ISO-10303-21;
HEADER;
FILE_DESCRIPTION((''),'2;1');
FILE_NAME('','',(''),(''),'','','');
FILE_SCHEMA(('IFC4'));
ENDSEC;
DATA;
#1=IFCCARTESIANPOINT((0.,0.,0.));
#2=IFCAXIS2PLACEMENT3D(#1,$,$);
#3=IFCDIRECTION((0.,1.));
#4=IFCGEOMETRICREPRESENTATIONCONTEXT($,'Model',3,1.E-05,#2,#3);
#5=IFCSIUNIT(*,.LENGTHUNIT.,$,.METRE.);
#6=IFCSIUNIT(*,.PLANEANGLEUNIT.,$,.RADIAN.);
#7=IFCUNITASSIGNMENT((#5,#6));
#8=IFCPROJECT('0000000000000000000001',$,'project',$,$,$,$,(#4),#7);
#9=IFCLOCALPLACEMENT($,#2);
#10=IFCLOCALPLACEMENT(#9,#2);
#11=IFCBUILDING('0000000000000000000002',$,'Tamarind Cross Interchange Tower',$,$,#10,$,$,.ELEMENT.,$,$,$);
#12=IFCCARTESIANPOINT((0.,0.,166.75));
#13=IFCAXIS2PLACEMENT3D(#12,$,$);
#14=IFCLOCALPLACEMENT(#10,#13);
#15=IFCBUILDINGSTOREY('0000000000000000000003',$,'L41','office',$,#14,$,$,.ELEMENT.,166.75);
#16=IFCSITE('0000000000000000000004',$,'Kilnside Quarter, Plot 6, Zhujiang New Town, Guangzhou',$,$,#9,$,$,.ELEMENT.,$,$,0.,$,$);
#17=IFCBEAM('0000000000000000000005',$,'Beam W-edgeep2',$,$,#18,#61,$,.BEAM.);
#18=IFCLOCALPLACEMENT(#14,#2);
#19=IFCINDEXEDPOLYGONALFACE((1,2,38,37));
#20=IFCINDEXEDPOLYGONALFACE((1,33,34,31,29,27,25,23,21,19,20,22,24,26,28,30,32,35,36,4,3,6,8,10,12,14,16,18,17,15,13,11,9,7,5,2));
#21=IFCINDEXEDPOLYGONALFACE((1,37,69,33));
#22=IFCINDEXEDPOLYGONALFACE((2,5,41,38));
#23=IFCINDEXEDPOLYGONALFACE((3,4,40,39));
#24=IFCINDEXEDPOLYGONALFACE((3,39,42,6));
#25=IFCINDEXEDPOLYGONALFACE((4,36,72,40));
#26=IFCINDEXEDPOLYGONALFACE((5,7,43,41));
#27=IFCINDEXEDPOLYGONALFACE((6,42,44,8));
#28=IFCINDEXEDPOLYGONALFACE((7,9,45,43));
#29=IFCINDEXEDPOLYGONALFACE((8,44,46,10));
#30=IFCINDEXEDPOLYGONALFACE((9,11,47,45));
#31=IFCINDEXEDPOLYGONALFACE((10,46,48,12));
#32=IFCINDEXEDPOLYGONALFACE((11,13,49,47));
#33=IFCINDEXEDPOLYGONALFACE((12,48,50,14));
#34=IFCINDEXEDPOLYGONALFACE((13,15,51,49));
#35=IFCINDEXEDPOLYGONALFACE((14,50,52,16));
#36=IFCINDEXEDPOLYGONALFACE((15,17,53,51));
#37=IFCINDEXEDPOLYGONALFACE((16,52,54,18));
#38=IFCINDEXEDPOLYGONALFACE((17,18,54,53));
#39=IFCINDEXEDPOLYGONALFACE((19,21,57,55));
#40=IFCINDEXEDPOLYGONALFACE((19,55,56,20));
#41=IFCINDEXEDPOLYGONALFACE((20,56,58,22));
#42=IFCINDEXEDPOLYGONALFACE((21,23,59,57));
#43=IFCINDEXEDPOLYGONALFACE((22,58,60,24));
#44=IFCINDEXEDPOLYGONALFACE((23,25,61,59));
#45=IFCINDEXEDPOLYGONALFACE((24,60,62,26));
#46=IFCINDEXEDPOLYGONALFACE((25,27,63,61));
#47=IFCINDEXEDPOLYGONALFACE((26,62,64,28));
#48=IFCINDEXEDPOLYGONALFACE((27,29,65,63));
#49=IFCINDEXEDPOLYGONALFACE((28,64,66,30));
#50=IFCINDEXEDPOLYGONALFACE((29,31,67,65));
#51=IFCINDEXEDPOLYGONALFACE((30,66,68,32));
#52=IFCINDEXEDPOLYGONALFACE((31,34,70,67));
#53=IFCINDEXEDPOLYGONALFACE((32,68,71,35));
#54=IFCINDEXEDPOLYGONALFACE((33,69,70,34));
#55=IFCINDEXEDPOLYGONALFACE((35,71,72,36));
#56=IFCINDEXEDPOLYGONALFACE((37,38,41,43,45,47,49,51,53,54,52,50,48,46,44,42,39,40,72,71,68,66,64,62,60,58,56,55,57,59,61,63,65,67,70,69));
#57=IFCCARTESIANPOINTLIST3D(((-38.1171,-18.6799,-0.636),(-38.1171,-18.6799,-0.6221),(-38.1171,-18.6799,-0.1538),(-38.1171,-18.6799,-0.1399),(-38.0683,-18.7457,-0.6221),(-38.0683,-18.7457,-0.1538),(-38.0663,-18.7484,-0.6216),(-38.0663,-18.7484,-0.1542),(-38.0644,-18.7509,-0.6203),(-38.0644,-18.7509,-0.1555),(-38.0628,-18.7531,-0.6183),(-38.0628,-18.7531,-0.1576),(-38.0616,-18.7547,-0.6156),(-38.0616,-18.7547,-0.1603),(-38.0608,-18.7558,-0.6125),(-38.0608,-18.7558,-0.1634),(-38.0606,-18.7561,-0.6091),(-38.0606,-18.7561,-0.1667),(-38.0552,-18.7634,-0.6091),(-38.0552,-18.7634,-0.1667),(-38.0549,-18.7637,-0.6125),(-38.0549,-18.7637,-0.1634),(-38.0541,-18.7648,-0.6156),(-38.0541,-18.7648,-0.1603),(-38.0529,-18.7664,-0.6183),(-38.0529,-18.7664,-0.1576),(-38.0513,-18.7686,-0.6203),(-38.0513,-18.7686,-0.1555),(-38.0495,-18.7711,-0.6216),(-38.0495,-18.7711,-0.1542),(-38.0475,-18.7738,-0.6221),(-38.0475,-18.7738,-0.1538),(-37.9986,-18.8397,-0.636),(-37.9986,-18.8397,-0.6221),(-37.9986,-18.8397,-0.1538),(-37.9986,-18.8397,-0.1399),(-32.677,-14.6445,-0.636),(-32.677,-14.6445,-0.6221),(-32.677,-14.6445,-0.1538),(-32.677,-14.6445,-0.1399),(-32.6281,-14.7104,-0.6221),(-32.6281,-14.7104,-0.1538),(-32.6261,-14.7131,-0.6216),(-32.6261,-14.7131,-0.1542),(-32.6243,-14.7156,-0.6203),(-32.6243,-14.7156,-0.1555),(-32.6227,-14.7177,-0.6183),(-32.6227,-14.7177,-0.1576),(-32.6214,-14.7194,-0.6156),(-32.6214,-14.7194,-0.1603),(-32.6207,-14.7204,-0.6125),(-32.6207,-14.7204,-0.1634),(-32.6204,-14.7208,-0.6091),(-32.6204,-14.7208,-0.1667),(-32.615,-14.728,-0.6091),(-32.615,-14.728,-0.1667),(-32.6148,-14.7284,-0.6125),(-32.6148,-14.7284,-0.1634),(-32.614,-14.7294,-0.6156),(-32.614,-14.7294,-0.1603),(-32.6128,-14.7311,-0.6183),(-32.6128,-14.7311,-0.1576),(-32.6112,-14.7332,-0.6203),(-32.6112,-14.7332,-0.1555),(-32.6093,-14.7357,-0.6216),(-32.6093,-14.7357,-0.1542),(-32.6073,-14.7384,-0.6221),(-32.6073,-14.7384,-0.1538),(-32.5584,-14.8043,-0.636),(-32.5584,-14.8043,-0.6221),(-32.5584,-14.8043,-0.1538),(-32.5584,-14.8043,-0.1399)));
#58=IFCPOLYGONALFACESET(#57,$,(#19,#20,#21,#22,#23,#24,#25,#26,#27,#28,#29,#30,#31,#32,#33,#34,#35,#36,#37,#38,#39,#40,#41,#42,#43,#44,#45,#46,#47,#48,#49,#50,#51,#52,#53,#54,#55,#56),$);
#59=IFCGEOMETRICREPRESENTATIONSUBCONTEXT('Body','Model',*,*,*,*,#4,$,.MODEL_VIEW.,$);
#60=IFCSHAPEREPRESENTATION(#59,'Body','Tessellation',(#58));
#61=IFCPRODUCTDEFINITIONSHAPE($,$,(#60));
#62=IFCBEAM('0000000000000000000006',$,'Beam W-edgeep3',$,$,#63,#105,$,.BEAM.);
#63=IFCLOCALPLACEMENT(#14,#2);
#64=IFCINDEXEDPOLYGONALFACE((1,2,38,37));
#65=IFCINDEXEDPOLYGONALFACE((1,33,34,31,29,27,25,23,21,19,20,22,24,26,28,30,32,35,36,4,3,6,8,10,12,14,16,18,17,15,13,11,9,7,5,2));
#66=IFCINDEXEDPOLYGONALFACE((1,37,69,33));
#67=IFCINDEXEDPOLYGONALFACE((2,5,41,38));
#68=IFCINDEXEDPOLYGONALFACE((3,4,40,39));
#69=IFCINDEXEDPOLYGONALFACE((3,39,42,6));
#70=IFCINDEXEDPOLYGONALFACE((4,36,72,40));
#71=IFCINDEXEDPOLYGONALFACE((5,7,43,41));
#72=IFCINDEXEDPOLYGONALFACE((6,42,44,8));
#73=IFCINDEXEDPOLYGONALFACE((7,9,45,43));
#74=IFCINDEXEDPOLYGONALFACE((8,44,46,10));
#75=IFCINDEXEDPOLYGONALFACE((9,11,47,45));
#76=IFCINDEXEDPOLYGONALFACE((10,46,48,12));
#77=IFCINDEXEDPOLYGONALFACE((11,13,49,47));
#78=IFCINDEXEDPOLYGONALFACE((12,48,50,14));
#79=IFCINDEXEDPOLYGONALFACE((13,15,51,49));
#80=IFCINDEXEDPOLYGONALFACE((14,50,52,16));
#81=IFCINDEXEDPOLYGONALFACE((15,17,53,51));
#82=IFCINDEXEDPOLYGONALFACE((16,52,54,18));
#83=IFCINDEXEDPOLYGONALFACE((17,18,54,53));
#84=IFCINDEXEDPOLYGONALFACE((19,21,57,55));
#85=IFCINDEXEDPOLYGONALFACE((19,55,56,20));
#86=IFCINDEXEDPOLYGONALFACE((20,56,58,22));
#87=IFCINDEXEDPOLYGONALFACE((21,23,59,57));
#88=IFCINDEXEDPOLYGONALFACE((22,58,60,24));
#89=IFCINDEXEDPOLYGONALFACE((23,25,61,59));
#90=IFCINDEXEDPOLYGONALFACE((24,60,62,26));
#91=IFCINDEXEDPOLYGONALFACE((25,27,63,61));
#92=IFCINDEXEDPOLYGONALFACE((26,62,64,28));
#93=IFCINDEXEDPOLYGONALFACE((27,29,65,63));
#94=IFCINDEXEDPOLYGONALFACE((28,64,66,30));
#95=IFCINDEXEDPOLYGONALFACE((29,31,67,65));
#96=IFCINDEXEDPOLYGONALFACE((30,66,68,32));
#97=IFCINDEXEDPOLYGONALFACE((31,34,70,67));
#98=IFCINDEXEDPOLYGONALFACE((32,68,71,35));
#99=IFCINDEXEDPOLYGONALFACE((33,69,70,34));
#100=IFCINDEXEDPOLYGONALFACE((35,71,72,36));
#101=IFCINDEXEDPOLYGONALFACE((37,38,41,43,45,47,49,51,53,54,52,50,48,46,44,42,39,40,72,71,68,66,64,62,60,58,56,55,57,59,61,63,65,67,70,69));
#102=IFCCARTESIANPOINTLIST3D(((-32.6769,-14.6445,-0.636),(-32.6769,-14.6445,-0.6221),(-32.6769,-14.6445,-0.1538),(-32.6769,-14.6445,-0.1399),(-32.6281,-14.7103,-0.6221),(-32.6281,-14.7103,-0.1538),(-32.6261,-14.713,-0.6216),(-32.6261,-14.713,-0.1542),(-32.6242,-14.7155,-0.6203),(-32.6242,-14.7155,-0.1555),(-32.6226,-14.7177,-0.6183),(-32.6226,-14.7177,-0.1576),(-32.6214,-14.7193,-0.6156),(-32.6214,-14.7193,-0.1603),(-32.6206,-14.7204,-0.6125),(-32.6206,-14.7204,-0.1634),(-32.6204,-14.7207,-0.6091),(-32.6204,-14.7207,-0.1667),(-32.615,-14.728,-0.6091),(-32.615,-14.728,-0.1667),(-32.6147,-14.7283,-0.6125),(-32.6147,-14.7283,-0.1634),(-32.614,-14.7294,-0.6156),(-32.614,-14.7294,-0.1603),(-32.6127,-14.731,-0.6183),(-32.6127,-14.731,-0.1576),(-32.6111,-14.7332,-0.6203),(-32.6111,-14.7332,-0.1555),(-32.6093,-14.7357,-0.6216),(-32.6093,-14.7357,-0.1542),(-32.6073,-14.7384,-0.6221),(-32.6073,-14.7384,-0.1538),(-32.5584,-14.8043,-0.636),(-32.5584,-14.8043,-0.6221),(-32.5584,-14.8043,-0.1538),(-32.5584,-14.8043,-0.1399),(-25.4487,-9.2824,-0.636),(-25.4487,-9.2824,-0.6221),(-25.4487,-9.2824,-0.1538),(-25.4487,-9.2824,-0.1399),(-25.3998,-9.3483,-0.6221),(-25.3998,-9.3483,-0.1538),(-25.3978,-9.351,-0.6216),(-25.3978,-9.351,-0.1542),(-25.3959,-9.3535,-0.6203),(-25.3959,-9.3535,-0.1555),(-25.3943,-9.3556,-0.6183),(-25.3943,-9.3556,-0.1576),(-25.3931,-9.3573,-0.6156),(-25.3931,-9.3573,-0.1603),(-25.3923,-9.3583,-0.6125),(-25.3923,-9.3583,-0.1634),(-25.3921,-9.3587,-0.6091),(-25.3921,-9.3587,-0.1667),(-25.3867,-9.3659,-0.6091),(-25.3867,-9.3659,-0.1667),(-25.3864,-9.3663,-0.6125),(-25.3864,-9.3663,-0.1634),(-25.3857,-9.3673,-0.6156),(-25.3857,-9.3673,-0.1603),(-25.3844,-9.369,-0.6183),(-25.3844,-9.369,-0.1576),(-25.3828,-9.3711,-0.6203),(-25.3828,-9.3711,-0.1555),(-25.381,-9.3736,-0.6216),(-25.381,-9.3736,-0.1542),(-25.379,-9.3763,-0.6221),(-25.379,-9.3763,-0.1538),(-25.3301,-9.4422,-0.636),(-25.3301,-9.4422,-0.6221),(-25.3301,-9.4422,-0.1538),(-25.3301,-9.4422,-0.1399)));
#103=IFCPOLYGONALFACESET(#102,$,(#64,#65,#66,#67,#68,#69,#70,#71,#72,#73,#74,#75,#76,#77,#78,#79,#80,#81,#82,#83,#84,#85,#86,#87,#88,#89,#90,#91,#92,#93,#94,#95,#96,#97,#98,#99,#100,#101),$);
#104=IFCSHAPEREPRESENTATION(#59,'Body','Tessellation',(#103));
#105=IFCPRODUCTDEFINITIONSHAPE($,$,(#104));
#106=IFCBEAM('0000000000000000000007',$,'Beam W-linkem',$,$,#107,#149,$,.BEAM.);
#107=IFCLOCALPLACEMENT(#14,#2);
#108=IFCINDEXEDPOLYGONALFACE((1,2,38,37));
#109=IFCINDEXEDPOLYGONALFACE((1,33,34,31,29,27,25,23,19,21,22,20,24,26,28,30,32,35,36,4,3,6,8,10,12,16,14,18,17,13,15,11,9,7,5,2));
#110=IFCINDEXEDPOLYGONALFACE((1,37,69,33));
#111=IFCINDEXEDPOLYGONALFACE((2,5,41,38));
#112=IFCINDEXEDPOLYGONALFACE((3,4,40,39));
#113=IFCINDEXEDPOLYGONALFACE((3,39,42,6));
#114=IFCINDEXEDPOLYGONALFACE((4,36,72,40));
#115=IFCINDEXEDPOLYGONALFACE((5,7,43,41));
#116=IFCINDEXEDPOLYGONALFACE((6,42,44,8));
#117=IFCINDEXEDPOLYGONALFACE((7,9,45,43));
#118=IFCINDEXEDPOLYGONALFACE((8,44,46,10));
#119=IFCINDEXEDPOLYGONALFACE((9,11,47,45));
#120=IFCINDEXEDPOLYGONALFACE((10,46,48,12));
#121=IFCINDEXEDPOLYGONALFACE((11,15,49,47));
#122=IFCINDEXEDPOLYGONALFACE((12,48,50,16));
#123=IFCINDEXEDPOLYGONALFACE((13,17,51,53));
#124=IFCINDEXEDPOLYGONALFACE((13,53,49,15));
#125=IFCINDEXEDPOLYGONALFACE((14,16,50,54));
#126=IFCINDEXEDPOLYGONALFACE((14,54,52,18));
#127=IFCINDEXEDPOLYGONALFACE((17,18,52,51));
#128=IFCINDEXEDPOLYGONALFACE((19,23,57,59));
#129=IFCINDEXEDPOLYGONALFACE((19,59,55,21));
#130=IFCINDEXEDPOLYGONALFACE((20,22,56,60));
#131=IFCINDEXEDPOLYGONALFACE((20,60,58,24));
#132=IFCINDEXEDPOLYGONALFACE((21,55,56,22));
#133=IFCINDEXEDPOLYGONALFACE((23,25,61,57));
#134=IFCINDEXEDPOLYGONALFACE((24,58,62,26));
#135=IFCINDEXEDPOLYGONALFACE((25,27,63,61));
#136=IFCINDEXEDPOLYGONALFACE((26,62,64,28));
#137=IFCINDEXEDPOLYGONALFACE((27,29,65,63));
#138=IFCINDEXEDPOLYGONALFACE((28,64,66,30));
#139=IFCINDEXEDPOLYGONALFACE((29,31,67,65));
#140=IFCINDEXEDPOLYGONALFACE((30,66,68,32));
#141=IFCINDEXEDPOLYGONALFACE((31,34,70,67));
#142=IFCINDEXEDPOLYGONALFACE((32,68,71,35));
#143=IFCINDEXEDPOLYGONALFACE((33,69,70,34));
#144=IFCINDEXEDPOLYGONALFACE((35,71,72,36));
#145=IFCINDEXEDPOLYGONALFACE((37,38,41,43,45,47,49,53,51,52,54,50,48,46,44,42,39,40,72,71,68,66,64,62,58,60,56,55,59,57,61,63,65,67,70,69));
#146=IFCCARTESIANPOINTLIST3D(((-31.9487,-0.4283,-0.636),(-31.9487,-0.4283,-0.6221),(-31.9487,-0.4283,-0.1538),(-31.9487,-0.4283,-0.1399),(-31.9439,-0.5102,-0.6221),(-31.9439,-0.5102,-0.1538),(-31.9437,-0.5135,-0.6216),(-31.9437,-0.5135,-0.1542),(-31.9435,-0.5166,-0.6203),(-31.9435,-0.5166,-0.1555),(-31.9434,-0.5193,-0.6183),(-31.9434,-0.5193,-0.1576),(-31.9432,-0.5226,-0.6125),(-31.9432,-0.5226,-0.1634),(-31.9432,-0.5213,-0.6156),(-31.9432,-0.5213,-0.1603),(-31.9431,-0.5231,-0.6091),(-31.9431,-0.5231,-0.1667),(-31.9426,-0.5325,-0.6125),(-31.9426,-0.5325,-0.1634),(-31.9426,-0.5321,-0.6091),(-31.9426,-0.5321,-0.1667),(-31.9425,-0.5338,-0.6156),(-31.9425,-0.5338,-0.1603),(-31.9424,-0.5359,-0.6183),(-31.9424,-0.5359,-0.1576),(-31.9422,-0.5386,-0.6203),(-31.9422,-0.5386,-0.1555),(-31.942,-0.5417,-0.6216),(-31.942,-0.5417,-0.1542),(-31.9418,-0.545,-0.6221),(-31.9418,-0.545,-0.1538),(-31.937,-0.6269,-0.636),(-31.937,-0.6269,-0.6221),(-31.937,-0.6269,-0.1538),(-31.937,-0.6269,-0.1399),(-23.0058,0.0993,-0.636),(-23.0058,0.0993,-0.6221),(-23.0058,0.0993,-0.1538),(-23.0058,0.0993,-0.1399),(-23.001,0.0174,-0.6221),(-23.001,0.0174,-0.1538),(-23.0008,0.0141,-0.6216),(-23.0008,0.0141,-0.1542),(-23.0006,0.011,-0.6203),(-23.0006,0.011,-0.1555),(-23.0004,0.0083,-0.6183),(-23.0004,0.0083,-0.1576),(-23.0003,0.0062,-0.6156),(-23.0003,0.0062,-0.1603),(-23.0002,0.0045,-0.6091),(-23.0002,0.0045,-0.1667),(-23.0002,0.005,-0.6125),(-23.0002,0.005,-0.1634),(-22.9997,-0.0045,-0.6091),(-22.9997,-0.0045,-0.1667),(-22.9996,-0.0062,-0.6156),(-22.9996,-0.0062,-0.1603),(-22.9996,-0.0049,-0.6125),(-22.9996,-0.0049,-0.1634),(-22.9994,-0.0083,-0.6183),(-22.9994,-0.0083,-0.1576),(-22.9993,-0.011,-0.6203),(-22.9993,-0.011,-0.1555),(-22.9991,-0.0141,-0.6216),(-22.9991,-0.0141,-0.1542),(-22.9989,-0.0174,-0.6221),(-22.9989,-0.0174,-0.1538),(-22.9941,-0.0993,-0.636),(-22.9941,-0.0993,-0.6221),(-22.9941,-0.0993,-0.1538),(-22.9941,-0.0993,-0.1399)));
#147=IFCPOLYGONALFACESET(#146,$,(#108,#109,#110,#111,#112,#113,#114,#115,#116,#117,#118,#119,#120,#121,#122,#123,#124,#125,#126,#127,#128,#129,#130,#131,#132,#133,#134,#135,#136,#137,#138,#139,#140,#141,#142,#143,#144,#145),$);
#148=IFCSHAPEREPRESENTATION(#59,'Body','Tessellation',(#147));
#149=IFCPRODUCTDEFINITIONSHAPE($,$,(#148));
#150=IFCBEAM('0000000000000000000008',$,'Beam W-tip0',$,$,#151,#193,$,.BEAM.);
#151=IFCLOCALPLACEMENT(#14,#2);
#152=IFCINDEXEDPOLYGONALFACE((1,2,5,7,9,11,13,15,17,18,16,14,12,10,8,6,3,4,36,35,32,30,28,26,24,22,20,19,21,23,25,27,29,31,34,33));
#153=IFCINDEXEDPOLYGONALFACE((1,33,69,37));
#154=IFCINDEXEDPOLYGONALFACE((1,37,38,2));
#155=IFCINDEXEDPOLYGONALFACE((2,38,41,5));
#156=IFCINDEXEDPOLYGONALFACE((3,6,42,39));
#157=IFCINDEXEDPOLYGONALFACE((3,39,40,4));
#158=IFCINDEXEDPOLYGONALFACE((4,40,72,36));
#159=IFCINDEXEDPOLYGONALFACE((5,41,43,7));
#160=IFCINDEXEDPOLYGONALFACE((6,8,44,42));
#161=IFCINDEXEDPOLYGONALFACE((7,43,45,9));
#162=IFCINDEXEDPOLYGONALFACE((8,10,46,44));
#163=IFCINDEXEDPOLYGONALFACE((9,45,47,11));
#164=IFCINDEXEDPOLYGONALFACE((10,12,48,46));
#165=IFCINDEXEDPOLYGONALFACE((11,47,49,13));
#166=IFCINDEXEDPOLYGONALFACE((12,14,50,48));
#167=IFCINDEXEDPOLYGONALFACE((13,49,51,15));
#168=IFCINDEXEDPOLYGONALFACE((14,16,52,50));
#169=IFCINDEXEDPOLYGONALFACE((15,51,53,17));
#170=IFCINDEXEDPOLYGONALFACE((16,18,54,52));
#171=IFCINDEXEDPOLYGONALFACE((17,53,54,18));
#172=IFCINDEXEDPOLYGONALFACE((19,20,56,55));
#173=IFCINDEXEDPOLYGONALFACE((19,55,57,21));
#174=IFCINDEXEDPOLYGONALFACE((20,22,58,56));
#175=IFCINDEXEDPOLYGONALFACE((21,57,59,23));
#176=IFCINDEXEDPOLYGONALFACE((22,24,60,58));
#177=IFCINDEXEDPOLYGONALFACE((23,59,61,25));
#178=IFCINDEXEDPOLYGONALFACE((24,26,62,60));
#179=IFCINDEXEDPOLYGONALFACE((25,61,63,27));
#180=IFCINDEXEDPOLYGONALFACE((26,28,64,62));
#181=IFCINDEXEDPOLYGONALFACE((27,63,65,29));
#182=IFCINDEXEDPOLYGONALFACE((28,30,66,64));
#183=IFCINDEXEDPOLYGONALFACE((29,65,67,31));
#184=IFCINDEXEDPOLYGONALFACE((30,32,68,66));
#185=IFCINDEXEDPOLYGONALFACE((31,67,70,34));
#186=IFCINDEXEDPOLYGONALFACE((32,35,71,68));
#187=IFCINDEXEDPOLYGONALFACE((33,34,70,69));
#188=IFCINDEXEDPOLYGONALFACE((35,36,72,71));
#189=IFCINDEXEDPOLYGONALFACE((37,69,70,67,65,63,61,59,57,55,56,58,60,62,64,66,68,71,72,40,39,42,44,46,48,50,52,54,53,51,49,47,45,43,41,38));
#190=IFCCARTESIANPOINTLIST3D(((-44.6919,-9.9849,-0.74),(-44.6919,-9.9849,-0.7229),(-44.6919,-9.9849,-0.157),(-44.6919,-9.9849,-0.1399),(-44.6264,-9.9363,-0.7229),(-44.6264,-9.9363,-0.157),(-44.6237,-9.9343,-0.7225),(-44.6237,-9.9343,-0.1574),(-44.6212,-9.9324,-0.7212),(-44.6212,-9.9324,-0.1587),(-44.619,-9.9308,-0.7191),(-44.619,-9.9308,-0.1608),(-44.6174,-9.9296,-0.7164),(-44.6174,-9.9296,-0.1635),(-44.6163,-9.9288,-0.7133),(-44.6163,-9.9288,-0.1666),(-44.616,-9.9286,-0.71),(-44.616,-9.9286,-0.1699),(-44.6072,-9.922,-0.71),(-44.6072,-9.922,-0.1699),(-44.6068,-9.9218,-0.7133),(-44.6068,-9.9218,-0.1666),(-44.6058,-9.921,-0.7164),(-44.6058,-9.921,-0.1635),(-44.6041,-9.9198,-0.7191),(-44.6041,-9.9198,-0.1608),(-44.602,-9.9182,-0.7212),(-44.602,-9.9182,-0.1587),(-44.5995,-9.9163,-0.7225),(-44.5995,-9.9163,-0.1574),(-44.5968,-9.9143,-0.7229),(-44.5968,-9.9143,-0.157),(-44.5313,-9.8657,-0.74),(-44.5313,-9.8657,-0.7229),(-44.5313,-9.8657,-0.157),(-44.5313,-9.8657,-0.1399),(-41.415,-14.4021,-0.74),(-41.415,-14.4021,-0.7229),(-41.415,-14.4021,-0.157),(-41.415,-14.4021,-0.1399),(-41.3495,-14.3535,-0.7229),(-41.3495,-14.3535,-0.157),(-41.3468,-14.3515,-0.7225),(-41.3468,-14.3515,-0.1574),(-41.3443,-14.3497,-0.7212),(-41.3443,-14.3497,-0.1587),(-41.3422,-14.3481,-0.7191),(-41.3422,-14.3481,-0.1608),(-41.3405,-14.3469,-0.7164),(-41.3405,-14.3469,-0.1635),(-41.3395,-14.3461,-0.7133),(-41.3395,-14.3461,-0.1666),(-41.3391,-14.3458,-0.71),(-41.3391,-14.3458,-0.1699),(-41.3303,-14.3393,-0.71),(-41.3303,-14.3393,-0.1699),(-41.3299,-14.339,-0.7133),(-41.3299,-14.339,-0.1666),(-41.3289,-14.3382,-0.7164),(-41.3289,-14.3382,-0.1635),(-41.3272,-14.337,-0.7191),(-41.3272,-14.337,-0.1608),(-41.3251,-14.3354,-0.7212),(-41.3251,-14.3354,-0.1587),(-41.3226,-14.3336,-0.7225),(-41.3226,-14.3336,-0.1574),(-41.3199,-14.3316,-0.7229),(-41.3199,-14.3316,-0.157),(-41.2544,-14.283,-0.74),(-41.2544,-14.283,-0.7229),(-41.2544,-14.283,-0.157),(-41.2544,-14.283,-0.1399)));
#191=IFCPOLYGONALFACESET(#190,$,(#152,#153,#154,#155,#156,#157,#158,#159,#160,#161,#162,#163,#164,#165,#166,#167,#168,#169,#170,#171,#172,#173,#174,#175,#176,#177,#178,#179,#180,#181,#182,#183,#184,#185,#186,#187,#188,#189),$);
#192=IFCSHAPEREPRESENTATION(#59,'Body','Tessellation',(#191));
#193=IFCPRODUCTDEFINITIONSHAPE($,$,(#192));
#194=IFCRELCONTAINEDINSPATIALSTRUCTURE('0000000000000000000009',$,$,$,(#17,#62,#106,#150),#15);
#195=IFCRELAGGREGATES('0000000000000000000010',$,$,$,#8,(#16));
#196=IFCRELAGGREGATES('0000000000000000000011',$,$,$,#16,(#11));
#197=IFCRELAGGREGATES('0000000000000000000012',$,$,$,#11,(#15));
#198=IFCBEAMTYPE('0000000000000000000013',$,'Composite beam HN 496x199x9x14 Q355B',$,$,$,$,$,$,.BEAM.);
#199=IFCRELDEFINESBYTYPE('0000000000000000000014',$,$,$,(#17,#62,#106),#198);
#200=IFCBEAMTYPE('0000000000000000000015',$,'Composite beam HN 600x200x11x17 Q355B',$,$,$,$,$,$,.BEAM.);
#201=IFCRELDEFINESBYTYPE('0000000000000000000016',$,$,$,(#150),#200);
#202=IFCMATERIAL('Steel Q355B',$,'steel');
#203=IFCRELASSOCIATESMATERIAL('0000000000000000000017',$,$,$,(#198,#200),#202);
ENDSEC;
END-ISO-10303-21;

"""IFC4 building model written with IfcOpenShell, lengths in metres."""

from ifc_helpers import new_model, si_unit, direction, frame, origin, origin_2d, place, context, subcontext, project, spatial, i_section, extrude, material, material_profile, profile_set, type_object, element, save


model = new_model("IFC4")

# Units and contexts
model_context = context("Model", 3, precision=1e-05, world=origin(), true_north=direction((0.0, 1.0)))
body_context = subcontext(model_context, "Body", "Model", "MODEL_VIEW")
ifc_project = project(units=[si_unit("LENGTHUNIT", "METRE"), si_unit("PLANEANGLEUNIT", "RADIAN")], contexts=[model_context])

# Site, building, storey
site_placement = place(None, origin())
site = spatial("IfcSite", under=ifc_project, at=site_placement, Name="Kilnside Quarter, Plot 6, Zhujiang New Town, Guangzhou", CompositionType="ELEMENT", RefElevation=0.0)
building_placement = place(site_placement, origin())
building = spatial("IfcBuilding", under=site, at=building_placement, Name="Tamarind Cross Interchange Tower", CompositionType="ELEMENT")
storey_placement = place(building_placement, frame((0.0, 0.0, 166.75)))
storey = spatial("IfcBuildingStorey", under=building, at=storey_placement, Name="L41", Description="office", CompositionType="ELEMENT", Elevation=166.75)

# Beams
ifc_material_1 = material(Name="Steel Q355B", Category="steel")
ifc_material_profile_1 = material_profile(ifc_material_1, i_section(OverallWidth=0.199, OverallDepth=0.4961, WebThickness=0.009, FlangeThickness=0.0139, FilletRadius=0.0129, at=origin_2d()), Name="HN 496x199x9x14")
ifc_profile_set_1 = profile_set([ifc_material_profile_1], Name="Steel Q355B")
beam_type_1 = type_object("IfcBeamType", Name="Composite beam HN 496x199x9x14 Q355B", PredefinedType="BEAM", material=ifc_profile_set_1)
beam_1_placement = place(storey_placement, frame((-38.0579, -18.7598, -0.3879), z_axis=(0.803159, 0.595764, 0.0), x_axis=(-0.595764, 0.803159, 0.0)))
element("IfcBeam", 1, at=beam_1_placement, inside=storey, type_object=beam_type_1, Name="Beam W-edgeep2", PredefinedType="BEAM", context=body_context, shape_type="SweptSolid", body=[
    extrude(i_section(OverallWidth=0.199, OverallDepth=0.4961, WebThickness=0.009, FlangeThickness=0.0139, FilletRadius=0.0129, at=origin_2d()), origin(), (0.0, 0.0, 1.0), 6.7734),
])
beam_2_placement = place(storey_placement, frame((-32.6177, -14.7244, -0.3879), z_axis=(0.803143, 0.595786, 0.0), x_axis=(-0.595786, 0.803143, 0.0)))
element("IfcBeam", 2, at=beam_2_placement, inside=storey, type_object=beam_type_1, Name="Beam W-edgeep3", PredefinedType="BEAM", context=body_context, shape_type="SweptSolid", body=[
    extrude(i_section(OverallWidth=0.199, OverallDepth=0.4961, WebThickness=0.009, FlangeThickness=0.0139, FilletRadius=0.0129, at=origin_2d()), origin(), (0.0, 0.0, 1.0), 9.0),
])
beam_3_placement = place(storey_placement, frame((-31.9429, -0.5276, -0.3879), z_axis=(0.998264, 0.058893, 0.0), x_axis=(-0.058893, 0.998264, 0.0)))
element("IfcBeam", 3, at=beam_3_placement, inside=storey, type_object=beam_type_1, Name="Beam W-linkem", PredefinedType="BEAM", context=body_context, shape_type="SweptSolid", body=[
    extrude(i_section(OverallWidth=0.199, OverallDepth=0.4961, WebThickness=0.009, FlangeThickness=0.0139, FilletRadius=0.0129, at=origin_2d()), origin(), (0.0, 0.0, 1.0), 8.9585),
])
ifc_material_profile_2 = material_profile(ifc_material_1, i_section(OverallWidth=0.2, OverallDepth=0.6001, WebThickness=0.011, FlangeThickness=0.0171, FilletRadius=0.0129, at=origin_2d()), Name="HN 600x200x11x17")
ifc_profile_set_2 = profile_set([ifc_material_profile_2], Name="Steel Q355B")
beam_type_2 = type_object("IfcBeamType", Name="Composite beam HN 600x200x11x17 Q355B", PredefinedType="BEAM", material=ifc_profile_set_2)
for number, where, z_axis, x_axis, name in (
    (4, (-44.6116, -9.9253, -0.4399), (0.595794, -0.803137, 0.0), (0.803137, 0.595794, 0.0), "Beam W-tip0"),
):
    element("IfcBeam", number, at=place(storey_placement, frame(where, z_axis=z_axis, x_axis=x_axis)), inside=storey, type_object=beam_type_2, Name=name, PredefinedType="BEAM", context=body_context, shape_type="SweptSolid", body=[
        extrude(i_section(OverallWidth=0.2, OverallDepth=0.6001, WebThickness=0.011, FlangeThickness=0.0171, FilletRadius=0.0129, at=origin_2d()), origin(), (0.0, 0.0, 1.0), 5.5),
    ])

save(model, "model.ifc")
